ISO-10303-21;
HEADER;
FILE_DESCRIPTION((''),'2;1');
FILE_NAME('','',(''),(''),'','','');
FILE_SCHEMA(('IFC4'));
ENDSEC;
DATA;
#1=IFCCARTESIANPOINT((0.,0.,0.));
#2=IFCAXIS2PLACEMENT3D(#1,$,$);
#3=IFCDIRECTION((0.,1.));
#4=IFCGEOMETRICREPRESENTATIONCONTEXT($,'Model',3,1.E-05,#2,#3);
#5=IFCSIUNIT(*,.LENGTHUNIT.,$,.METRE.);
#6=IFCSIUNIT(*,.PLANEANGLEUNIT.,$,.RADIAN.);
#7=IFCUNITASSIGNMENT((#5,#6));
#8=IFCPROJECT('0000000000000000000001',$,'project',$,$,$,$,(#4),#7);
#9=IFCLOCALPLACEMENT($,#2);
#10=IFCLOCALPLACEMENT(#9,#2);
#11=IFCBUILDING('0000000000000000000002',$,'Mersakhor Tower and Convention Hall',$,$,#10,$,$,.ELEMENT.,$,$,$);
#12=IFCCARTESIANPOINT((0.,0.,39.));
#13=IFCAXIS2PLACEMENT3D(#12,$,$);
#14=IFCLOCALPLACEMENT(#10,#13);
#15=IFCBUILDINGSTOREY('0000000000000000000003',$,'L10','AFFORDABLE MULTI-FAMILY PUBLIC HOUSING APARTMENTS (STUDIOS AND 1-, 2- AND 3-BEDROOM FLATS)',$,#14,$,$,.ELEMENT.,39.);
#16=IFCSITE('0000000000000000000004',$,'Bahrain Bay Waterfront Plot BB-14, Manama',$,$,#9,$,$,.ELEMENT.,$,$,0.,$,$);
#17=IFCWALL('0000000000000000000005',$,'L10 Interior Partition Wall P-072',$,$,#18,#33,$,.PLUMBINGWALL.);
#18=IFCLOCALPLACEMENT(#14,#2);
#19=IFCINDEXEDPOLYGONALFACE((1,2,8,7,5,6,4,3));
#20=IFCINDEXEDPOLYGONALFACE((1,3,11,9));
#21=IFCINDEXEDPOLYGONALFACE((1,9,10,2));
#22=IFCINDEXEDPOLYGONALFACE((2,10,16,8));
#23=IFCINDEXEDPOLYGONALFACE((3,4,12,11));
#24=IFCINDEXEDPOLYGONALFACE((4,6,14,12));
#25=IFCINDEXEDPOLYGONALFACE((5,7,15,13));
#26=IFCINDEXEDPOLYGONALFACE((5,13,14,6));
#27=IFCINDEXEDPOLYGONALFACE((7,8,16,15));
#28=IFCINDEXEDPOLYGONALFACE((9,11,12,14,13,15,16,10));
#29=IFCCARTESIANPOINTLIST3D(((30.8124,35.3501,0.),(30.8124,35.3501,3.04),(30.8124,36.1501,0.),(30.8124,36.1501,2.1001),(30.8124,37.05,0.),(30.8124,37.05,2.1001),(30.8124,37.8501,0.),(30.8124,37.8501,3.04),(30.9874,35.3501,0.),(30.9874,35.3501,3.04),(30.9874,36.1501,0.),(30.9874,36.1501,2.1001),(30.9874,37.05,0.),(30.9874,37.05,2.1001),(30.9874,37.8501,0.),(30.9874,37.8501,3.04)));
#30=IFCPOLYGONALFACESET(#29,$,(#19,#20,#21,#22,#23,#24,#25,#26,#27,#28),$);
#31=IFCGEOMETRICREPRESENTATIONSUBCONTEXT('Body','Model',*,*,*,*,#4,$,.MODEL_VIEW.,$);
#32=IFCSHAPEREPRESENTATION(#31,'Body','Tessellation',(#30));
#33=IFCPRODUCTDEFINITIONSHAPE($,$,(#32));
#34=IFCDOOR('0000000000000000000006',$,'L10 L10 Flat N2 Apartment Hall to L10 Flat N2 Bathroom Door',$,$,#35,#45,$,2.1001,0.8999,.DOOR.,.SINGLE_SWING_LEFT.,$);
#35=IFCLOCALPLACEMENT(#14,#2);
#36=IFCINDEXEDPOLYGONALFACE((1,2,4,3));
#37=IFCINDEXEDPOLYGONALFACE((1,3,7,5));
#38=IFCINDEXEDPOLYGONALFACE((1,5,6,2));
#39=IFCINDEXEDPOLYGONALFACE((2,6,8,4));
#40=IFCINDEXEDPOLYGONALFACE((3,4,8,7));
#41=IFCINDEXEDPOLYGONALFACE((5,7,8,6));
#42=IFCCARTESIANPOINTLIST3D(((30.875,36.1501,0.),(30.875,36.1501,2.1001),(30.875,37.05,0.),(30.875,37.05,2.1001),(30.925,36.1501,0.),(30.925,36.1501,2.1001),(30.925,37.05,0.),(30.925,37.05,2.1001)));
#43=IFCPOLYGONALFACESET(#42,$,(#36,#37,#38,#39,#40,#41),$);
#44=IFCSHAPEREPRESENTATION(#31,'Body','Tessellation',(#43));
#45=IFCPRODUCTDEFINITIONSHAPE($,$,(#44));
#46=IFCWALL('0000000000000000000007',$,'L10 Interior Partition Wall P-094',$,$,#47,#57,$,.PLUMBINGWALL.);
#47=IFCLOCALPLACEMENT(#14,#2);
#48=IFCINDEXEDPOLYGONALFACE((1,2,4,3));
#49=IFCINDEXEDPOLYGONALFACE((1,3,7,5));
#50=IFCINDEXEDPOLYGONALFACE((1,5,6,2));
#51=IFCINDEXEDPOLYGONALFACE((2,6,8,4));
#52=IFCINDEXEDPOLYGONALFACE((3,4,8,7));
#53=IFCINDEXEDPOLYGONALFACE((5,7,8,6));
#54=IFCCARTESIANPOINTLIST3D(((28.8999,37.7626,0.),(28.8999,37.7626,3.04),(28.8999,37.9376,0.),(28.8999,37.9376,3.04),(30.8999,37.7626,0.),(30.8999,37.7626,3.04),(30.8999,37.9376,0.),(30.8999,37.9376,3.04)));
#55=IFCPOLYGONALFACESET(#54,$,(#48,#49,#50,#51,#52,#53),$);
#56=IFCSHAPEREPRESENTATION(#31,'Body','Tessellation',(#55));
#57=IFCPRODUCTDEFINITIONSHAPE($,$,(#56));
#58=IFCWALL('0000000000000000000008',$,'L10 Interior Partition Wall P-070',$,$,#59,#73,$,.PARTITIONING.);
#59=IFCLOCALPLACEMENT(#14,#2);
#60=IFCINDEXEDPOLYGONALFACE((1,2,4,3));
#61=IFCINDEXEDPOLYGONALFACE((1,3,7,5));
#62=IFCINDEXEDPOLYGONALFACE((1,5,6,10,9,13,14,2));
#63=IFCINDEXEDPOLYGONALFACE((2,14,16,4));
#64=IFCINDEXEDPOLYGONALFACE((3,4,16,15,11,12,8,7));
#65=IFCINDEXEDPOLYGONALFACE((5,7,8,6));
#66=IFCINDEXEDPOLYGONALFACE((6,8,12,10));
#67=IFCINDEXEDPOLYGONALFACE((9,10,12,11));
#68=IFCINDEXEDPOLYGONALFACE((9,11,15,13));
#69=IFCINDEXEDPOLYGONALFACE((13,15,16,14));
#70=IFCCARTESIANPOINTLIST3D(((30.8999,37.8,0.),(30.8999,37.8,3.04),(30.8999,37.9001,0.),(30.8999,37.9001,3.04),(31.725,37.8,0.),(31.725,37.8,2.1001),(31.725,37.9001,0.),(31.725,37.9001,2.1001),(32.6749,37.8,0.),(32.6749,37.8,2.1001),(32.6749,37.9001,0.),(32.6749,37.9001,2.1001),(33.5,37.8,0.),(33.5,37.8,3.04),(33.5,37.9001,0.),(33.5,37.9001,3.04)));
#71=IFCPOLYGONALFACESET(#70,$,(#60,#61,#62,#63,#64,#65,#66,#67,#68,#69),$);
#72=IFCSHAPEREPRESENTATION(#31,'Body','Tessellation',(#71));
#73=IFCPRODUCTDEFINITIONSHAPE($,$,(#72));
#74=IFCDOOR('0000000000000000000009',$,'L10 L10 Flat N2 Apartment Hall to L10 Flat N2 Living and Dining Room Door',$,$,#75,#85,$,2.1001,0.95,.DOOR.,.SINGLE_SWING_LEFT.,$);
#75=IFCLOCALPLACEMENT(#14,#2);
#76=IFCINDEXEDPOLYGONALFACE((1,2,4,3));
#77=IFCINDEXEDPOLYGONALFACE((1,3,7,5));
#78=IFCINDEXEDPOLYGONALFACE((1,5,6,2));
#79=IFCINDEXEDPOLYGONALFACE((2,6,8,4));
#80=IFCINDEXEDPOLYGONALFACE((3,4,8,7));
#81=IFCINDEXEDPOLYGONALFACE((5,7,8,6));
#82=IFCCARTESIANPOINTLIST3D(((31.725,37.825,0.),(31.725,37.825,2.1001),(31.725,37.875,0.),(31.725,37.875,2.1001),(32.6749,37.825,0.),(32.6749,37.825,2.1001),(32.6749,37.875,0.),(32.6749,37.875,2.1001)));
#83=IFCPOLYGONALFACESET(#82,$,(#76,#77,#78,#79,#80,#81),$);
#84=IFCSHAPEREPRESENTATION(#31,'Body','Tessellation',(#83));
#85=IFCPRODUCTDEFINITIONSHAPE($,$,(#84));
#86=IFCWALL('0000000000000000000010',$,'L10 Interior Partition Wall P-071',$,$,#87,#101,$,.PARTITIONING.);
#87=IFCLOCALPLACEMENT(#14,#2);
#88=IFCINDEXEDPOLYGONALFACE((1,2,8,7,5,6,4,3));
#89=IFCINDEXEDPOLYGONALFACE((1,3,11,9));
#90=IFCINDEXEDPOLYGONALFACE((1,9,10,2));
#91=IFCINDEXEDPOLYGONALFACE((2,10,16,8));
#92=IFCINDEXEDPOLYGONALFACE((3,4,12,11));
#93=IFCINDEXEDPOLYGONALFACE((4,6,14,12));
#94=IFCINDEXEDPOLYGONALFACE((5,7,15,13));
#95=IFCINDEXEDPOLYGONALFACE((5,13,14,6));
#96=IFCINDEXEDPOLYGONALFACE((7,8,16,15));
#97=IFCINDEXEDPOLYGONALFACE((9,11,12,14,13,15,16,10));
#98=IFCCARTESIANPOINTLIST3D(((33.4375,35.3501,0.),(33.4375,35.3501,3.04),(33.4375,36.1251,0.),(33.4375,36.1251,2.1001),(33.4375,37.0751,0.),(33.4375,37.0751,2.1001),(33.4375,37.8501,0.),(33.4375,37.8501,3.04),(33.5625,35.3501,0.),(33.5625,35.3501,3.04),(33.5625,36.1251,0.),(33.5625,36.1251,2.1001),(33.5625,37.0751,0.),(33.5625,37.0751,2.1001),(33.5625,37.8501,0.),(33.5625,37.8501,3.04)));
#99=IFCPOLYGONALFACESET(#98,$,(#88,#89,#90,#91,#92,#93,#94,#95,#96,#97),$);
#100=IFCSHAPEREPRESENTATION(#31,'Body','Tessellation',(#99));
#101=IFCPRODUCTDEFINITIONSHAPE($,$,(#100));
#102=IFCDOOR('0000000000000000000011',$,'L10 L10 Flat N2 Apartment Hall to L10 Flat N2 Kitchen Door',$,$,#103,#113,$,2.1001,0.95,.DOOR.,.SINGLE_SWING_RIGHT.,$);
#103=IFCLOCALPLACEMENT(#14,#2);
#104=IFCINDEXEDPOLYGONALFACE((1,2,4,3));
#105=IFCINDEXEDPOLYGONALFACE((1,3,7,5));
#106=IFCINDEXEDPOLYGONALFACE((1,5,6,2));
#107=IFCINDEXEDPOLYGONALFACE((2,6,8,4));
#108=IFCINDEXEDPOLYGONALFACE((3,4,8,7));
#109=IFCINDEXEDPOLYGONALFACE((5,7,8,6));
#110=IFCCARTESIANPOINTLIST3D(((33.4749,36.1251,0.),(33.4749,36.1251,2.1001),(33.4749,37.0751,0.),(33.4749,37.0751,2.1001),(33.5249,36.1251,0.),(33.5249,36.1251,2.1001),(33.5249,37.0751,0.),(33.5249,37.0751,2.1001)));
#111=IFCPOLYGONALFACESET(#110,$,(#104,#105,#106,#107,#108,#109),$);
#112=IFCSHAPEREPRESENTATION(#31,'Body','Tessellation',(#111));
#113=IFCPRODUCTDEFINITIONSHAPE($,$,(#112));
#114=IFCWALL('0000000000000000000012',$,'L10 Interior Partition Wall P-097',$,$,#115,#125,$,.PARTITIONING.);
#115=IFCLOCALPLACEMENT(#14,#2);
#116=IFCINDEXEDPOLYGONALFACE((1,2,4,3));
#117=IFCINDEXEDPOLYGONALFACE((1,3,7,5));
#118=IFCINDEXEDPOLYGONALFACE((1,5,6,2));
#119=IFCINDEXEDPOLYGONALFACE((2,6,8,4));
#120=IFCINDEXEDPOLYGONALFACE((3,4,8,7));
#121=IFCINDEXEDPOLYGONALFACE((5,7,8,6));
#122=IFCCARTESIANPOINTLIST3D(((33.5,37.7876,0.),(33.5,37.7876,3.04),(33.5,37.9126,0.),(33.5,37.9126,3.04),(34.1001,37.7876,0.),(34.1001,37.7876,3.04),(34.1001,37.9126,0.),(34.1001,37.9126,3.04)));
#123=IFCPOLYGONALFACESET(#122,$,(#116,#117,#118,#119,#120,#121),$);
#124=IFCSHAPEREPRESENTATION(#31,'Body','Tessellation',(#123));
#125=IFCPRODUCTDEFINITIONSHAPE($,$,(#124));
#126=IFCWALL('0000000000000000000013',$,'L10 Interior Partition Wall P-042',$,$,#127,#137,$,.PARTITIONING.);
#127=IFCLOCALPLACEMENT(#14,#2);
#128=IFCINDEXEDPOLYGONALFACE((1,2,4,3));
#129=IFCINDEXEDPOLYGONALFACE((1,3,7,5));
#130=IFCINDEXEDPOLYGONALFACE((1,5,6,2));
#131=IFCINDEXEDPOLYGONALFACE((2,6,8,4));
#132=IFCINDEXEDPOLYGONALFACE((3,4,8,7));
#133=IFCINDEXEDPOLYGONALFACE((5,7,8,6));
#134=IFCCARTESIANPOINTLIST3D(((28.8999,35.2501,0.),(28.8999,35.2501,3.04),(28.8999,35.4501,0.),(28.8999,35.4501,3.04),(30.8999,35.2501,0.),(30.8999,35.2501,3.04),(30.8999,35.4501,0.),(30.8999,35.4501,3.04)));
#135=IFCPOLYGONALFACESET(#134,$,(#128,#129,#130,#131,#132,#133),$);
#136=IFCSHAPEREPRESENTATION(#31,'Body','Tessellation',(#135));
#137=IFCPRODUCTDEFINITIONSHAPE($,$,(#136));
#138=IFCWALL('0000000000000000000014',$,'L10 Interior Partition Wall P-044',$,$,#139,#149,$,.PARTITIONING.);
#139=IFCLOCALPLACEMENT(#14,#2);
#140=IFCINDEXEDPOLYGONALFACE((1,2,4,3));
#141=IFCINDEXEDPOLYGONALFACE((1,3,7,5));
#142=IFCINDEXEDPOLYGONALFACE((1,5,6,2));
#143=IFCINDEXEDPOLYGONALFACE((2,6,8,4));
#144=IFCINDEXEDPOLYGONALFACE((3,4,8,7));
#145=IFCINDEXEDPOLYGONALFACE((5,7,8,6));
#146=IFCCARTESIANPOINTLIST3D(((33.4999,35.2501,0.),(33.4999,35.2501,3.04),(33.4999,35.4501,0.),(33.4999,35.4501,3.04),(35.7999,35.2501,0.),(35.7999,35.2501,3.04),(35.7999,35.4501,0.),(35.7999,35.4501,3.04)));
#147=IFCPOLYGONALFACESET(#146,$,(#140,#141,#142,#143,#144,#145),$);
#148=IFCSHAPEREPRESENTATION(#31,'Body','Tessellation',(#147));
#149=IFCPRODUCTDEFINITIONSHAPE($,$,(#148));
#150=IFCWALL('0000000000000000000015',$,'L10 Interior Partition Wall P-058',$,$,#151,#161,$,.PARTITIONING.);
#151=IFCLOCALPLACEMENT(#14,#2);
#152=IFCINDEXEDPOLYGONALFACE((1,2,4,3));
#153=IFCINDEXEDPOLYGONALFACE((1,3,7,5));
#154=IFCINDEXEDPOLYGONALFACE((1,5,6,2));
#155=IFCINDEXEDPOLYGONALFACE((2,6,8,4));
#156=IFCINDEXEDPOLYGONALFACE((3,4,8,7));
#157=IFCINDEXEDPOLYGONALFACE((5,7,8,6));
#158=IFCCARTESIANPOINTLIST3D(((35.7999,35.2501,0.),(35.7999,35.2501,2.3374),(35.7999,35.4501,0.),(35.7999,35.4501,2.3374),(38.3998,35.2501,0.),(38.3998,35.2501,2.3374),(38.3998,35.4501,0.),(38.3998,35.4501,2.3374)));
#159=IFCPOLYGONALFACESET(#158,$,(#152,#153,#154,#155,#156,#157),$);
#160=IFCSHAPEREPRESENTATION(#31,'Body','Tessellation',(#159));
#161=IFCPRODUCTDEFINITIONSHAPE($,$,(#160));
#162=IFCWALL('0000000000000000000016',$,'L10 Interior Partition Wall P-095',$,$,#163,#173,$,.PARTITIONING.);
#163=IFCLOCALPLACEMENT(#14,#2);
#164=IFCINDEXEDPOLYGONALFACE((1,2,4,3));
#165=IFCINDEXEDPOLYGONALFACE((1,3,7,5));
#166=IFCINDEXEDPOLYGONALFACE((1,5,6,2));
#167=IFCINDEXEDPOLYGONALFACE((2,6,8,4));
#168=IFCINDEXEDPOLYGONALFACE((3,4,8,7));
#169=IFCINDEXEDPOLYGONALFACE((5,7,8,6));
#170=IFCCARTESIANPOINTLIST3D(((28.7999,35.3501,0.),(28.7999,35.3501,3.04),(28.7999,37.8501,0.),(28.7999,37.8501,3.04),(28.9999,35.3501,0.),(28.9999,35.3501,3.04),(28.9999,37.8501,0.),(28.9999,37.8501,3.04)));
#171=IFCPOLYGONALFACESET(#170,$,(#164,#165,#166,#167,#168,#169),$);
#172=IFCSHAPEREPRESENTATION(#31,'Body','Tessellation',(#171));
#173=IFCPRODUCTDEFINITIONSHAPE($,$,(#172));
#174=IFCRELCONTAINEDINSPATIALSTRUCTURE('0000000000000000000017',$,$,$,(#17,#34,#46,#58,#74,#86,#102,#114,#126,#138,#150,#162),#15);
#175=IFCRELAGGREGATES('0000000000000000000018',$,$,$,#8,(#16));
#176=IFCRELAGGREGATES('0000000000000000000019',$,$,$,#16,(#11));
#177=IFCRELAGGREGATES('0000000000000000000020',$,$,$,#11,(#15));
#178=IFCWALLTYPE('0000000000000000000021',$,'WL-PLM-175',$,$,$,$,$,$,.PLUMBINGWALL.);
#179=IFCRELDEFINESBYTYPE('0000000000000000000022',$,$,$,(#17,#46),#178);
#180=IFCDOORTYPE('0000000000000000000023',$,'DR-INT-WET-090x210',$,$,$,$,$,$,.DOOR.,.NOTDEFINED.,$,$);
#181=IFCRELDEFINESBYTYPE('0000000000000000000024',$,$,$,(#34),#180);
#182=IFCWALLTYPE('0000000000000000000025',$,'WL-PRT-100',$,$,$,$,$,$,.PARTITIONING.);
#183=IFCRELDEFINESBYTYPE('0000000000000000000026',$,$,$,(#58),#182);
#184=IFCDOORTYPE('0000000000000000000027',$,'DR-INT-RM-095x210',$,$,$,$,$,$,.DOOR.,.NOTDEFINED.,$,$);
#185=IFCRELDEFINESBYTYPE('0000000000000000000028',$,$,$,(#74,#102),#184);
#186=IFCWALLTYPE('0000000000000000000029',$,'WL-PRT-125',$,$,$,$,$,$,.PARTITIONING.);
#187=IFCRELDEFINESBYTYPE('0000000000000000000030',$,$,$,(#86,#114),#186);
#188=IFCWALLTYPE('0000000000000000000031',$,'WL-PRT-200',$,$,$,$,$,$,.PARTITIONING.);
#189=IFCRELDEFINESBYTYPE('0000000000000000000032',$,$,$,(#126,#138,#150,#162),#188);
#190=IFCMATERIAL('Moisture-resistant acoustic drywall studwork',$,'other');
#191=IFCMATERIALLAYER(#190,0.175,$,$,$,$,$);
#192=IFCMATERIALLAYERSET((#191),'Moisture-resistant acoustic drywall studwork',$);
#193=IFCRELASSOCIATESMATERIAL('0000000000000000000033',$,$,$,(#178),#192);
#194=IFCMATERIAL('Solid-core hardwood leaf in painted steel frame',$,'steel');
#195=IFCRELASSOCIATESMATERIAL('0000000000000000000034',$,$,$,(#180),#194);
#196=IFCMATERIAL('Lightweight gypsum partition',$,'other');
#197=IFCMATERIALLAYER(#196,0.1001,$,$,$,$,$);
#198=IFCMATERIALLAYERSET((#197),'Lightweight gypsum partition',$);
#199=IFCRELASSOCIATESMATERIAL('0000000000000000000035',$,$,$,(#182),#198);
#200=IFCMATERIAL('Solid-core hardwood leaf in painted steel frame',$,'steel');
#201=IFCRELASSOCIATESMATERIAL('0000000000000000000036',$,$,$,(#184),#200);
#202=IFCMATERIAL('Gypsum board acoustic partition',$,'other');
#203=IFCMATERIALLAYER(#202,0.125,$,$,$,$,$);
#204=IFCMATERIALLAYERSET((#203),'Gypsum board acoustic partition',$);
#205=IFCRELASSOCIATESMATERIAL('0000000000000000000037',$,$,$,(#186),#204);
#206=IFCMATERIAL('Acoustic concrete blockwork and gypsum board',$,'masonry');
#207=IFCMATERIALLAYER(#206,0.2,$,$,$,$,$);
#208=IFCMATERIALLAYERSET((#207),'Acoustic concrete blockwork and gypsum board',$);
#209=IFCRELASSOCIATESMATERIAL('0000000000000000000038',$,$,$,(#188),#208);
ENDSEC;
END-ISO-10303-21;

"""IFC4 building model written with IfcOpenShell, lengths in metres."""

from ifc_helpers import new_model, si_unit, direction, frame, frame_2d, origin, place, context, subcontext, project, spatial, rectangle, extrude, material, layer, layer_set, type_object, element, fill, save


model = new_model("IFC4")

# Units and contexts
model_context = context("Model", 3, precision=1e-05, world=origin(), true_north=direction((0.0, 1.0)))
body_context = subcontext(model_context, "Body", "Model", "MODEL_VIEW")
ifc_project = project(units=[si_unit("LENGTHUNIT", "METRE"), si_unit("PLANEANGLEUNIT", "RADIAN")], contexts=[model_context])

# Site, building, storey
site_placement = place(None, origin())
site = spatial("IfcSite", under=ifc_project, at=site_placement, Name="Bahrain Bay Waterfront Plot BB-14, Manama", CompositionType="ELEMENT", RefElevation=0.0)
building_placement = place(site_placement, origin())
building = spatial("IfcBuilding", under=site, at=building_placement, Name="Mersakhor Tower and Convention Hall", CompositionType="ELEMENT")
storey_placement = place(building_placement, frame((0.0, 0.0, 39.0)))
storey = spatial("IfcBuildingStorey", under=building, at=storey_placement, Name="L10", Description="AFFORDABLE MULTI-FAMILY PUBLIC HOUSING APARTMENTS (STUDIOS AND 1-, 2- AND 3-BEDROOM FLATS)", CompositionType="ELEMENT", Elevation=39.0)

# Wall, opening, door
ifc_material_1 = material(Name="Moisture-resistant acoustic drywall studwork", Category="other")
ifc_layer_1 = layer(ifc_material_1, 0.175)
ifc_layer_set_1 = layer_set([ifc_layer_1], Name="Moisture-resistant acoustic drywall studwork")
wall_type_1 = type_object("IfcWallType", Name="WL-PLM-175", PredefinedType="PLUMBINGWALL", material=ifc_layer_set_1)
wall_1_placement = place(storey_placement, frame((30.8999, 35.3501, 0.0), z_axis=(0.0, 0.0, 1.0), x_axis=(0.0, 1.0, 0.0)))
wall_1 = element("IfcWall", 1, at=wall_1_placement, inside=storey, type_object=wall_type_1, Name="L10 Interior Partition Wall P-072", PredefinedType="PLUMBINGWALL", context=body_context, shape_type="SweptSolid", body=[
    extrude(rectangle(XDim=2.5, YDim=0.175, at=frame_2d((1.25, 0.0))), origin(), (0.0, 0.0, 1.0), 3.04),
])
opening_1_placement = place(wall_1_placement, frame((0.8, 0.0, 0.0)))
opening_1 = element("IfcOpeningElement", 2, at=opening_1_placement, cuts=wall_1, PredefinedType="OPENING", context=body_context, shape_type="SweptSolid", body=[
    extrude(rectangle(XDim=0.8999, YDim=2.1001, at=frame_2d((0.45, 1.05))), frame((0.0, 0.0974, 0.0), z_axis=(0.0, -1.0, 0.0), x_axis=(1.0, 0.0, 0.0)), (0.0, 0.0, 1.0), 0.1951),
])
ifc_material_2 = material(Name="Solid-core hardwood leaf in painted steel frame", Category="steel")
door_type_1 = type_object("IfcDoorType", Name="DR-INT-WET-090x210", OperationType="NOTDEFINED", PredefinedType="DOOR", material=ifc_material_2)
door_1_placement = place(opening_1_placement, origin())
door_1 = element("IfcDoor", 3, at=door_1_placement, inside=storey, type_object=door_type_1, Name="L10 L10 Flat N2 Apartment Hall to L10 Flat N2 Bathroom Door", OperationType="SINGLE_SWING_LEFT", OverallHeight=2.1001, OverallWidth=0.8999, PredefinedType="DOOR", context=body_context, shape_type="SweptSolid", body=[
    extrude(rectangle(XDim=0.8999, YDim=2.1001, at=frame_2d((0.45, 1.05))), frame((0.0, 0.0249, 0.0), z_axis=(0.0, -1.0, 0.0), x_axis=(1.0, 0.0, 0.0)), (0.0, 0.0, 1.0), 0.05),
])
fill(opening_1, door_1)

# Wall
wall_2_placement = place(storey_placement, frame((28.8999, 37.8501, 0.0), z_axis=(0.0, 0.0, 1.0), x_axis=(1.0, 0.0, 0.0)))
element("IfcWall", 4, at=wall_2_placement, inside=storey, type_object=wall_type_1, Name="L10 Interior Partition Wall P-094", PredefinedType="PLUMBINGWALL", context=body_context, shape_type="SweptSolid", body=[
    extrude(rectangle(XDim=2.0, YDim=0.175, at=frame_2d((1.0, 0.0))), origin(), (0.0, 0.0, 1.0), 3.04),
])

# Walls, openings, doors
ifc_material_3 = material(Name="Lightweight gypsum partition", Category="other")
ifc_layer_2 = layer(ifc_material_3, 0.1001)
ifc_layer_set_2 = layer_set([ifc_layer_2], Name="Lightweight gypsum partition")
wall_type_2 = type_object("IfcWallType", Name="WL-PRT-100", PredefinedType="PARTITIONING", material=ifc_layer_set_2)
wall_3_placement = place(storey_placement, frame((30.8999, 37.8501, 0.0), z_axis=(0.0, 0.0, 1.0), x_axis=(1.0, 0.0, 0.0)))
wall_3 = element("IfcWall", 5, at=wall_3_placement, inside=storey, type_object=wall_type_2, Name="L10 Interior Partition Wall P-070", PredefinedType="PARTITIONING", context=body_context, shape_type="SweptSolid", body=[
    extrude(rectangle(XDim=2.6001, YDim=0.1001, at=frame_2d((1.3, 0.0))), origin(), (0.0, 0.0, 1.0), 3.04),
])
opening_2_placement = place(wall_3_placement, frame((0.825, 0.0, 0.0)))
opening_2 = element("IfcOpeningElement", 6, at=opening_2_placement, cuts=wall_3, PredefinedType="OPENING", context=body_context, shape_type="SweptSolid", body=[
    extrude(rectangle(XDim=0.95, YDim=2.1001, at=frame_2d((0.4751, 1.05))), frame((0.0, 0.0601, 0.0), z_axis=(0.0, -1.0, 0.0), x_axis=(1.0, 0.0, 0.0)), (0.0, 0.0, 1.0), 0.1201),
])
ifc_material_4 = material(Name="Solid-core hardwood leaf in painted steel frame", Category="steel")
door_type_2 = type_object("IfcDoorType", Name="DR-INT-RM-095x210", OperationType="NOTDEFINED", PredefinedType="DOOR", material=ifc_material_4)
door_2_placement = place(opening_2_placement, origin())
door_2 = element("IfcDoor", 7, at=door_2_placement, inside=storey, type_object=door_type_2, Name="L10 L10 Flat N2 Apartment Hall to L10 Flat N2 Living and Dining Room Door", OperationType="SINGLE_SWING_LEFT", OverallHeight=2.1001, OverallWidth=0.95, PredefinedType="DOOR", context=body_context, shape_type="SweptSolid", body=[
    extrude(rectangle(XDim=0.95, YDim=2.1001, at=frame_2d((0.4751, 1.05))), frame((0.0, 0.0249, 0.0), z_axis=(0.0, -1.0, 0.0), x_axis=(1.0, 0.0, 0.0)), (0.0, 0.0, 1.0), 0.05),
])
fill(opening_2, door_2)
ifc_material_5 = material(Name="Gypsum board acoustic partition", Category="other")
ifc_layer_3 = layer(ifc_material_5, 0.125)
ifc_layer_set_3 = layer_set([ifc_layer_3], Name="Gypsum board acoustic partition")
wall_type_3 = type_object("IfcWallType", Name="WL-PRT-125", PredefinedType="PARTITIONING", material=ifc_layer_set_3)
wall_4_placement = place(storey_placement, frame((33.5, 37.8501, 0.0), z_axis=(0.0, 0.0, 1.0), x_axis=(0.0, -1.0, 0.0)))
wall_4 = element("IfcWall", 8, at=wall_4_placement, inside=storey, type_object=wall_type_3, Name="L10 Interior Partition Wall P-071", PredefinedType="PARTITIONING", context=body_context, shape_type="SweptSolid", body=[
    extrude(rectangle(XDim=2.5, YDim=0.125, at=frame_2d((1.25, 0.0))), origin(), (0.0, 0.0, 1.0), 3.04),
])
opening_3_placement = place(wall_4_placement, frame((0.7749, 0.0, 0.0)))
opening_3 = element("IfcOpeningElement", 9, at=opening_3_placement, cuts=wall_4, PredefinedType="OPENING", context=body_context, shape_type="SweptSolid", body=[
    extrude(rectangle(XDim=0.95, YDim=2.1001, at=frame_2d((0.4751, 1.05))), frame((0.0, 0.0725, 0.0), z_axis=(0.0, -1.0, 0.0), x_axis=(1.0, 0.0, 0.0)), (0.0, 0.0, 1.0), 0.145),
])
door_3_placement = place(opening_3_placement, origin())
door_3 = element("IfcDoor", 10, at=door_3_placement, inside=storey, type_object=door_type_2, Name="L10 L10 Flat N2 Apartment Hall to L10 Flat N2 Kitchen Door", OperationType="SINGLE_SWING_RIGHT", OverallHeight=2.1001, OverallWidth=0.95, PredefinedType="DOOR", context=body_context, shape_type="SweptSolid", body=[
    extrude(rectangle(XDim=0.95, YDim=2.1001, at=frame_2d((0.4751, 1.05))), frame((0.0, 0.0249, 0.0), z_axis=(0.0, -1.0, 0.0), x_axis=(1.0, 0.0, 0.0)), (0.0, 0.0, 1.0), 0.05),
])
fill(opening_3, door_3)

# Walls
wall_5_placement = place(storey_placement, frame((33.5, 37.8501, 0.0), z_axis=(0.0, 0.0, 1.0), x_axis=(1.0, 0.0, 0.0)))
element("IfcWall", 11, at=wall_5_placement, inside=storey, type_object=wall_type_3, Name="L10 Interior Partition Wall P-097", PredefinedType="PARTITIONING", context=body_context, shape_type="SweptSolid", body=[
    extrude(rectangle(XDim=0.6001, YDim=0.125, at=frame_2d((0.3, 0.0))), origin(), (0.0, 0.0, 1.0), 3.04),
])
ifc_material_6 = material(Name="Acoustic concrete blockwork and gypsum board", Category="masonry")
ifc_layer_4 = layer(ifc_material_6, 0.2)
ifc_layer_set_4 = layer_set([ifc_layer_4], Name="Acoustic concrete blockwork and gypsum board")
wall_type_4 = type_object("IfcWallType", Name="WL-PRT-200", PredefinedType="PARTITIONING", material=ifc_layer_set_4)
wall_6_placement = place(storey_placement, frame((28.8999, 35.3501, 0.0), z_axis=(0.0, 0.0, 1.0), x_axis=(1.0, 0.0, 0.0)))
element("IfcWall", 12, at=wall_6_placement, inside=storey, type_object=wall_type_4, Name="L10 Interior Partition Wall P-042", PredefinedType="PARTITIONING", context=body_context, shape_type="SweptSolid", body=[
    extrude(rectangle(XDim=2.0, YDim=0.2, at=frame_2d((1.0, 0.0))), origin(), (0.0, 0.0, 1.0), 3.04),
])

# Wall
wall_7_placement = place(storey_placement, frame((33.5, 35.3501, 0.0), z_axis=(0.0, 0.0, 1.0), x_axis=(1.0, 0.0, 0.0)))
element("IfcWall", 13, at=wall_7_placement, inside=storey, type_object=wall_type_4, Name="L10 Interior Partition Wall P-044", PredefinedType="PARTITIONING", context=body_context, shape_type="SweptSolid", body=[
    extrude(rectangle(XDim=2.3, YDim=0.2, at=frame_2d((1.1499, 0.0))), origin(), (0.0, 0.0, 1.0), 3.04),
])

# Walls
wall_8_placement = place(storey_placement, frame((35.8, 35.3501, 0.0), z_axis=(0.0, 0.0, 1.0), x_axis=(1.0, 0.0, 0.0)))
element("IfcWall", 14, at=wall_8_placement, inside=storey, type_object=wall_type_4, Name="L10 Interior Partition Wall P-058", PredefinedType="PARTITIONING", context=body_context, shape_type="SweptSolid", body=[
    extrude(rectangle(XDim=2.5999, YDim=0.2, at=frame_2d((1.2998, 0.0))), origin(), (0.0, 0.0, 1.0), 2.3374),
])
wall_9_placement = place(storey_placement, frame((28.8999, 35.3501, 0.0), z_axis=(0.0, 0.0, 1.0), x_axis=(0.0, 1.0, 0.0)))
element("IfcWall", 15, at=wall_9_placement, inside=storey, type_object=wall_type_4, Name="L10 Interior Partition Wall P-095", PredefinedType="PARTITIONING", context=body_context, shape_type="SweptSolid", body=[
    extrude(rectangle(XDim=2.5, YDim=0.2, at=frame_2d((1.25, 0.0))), origin(), (0.0, 0.0, 1.0), 3.04),
])

save(model, "model.ifc")
